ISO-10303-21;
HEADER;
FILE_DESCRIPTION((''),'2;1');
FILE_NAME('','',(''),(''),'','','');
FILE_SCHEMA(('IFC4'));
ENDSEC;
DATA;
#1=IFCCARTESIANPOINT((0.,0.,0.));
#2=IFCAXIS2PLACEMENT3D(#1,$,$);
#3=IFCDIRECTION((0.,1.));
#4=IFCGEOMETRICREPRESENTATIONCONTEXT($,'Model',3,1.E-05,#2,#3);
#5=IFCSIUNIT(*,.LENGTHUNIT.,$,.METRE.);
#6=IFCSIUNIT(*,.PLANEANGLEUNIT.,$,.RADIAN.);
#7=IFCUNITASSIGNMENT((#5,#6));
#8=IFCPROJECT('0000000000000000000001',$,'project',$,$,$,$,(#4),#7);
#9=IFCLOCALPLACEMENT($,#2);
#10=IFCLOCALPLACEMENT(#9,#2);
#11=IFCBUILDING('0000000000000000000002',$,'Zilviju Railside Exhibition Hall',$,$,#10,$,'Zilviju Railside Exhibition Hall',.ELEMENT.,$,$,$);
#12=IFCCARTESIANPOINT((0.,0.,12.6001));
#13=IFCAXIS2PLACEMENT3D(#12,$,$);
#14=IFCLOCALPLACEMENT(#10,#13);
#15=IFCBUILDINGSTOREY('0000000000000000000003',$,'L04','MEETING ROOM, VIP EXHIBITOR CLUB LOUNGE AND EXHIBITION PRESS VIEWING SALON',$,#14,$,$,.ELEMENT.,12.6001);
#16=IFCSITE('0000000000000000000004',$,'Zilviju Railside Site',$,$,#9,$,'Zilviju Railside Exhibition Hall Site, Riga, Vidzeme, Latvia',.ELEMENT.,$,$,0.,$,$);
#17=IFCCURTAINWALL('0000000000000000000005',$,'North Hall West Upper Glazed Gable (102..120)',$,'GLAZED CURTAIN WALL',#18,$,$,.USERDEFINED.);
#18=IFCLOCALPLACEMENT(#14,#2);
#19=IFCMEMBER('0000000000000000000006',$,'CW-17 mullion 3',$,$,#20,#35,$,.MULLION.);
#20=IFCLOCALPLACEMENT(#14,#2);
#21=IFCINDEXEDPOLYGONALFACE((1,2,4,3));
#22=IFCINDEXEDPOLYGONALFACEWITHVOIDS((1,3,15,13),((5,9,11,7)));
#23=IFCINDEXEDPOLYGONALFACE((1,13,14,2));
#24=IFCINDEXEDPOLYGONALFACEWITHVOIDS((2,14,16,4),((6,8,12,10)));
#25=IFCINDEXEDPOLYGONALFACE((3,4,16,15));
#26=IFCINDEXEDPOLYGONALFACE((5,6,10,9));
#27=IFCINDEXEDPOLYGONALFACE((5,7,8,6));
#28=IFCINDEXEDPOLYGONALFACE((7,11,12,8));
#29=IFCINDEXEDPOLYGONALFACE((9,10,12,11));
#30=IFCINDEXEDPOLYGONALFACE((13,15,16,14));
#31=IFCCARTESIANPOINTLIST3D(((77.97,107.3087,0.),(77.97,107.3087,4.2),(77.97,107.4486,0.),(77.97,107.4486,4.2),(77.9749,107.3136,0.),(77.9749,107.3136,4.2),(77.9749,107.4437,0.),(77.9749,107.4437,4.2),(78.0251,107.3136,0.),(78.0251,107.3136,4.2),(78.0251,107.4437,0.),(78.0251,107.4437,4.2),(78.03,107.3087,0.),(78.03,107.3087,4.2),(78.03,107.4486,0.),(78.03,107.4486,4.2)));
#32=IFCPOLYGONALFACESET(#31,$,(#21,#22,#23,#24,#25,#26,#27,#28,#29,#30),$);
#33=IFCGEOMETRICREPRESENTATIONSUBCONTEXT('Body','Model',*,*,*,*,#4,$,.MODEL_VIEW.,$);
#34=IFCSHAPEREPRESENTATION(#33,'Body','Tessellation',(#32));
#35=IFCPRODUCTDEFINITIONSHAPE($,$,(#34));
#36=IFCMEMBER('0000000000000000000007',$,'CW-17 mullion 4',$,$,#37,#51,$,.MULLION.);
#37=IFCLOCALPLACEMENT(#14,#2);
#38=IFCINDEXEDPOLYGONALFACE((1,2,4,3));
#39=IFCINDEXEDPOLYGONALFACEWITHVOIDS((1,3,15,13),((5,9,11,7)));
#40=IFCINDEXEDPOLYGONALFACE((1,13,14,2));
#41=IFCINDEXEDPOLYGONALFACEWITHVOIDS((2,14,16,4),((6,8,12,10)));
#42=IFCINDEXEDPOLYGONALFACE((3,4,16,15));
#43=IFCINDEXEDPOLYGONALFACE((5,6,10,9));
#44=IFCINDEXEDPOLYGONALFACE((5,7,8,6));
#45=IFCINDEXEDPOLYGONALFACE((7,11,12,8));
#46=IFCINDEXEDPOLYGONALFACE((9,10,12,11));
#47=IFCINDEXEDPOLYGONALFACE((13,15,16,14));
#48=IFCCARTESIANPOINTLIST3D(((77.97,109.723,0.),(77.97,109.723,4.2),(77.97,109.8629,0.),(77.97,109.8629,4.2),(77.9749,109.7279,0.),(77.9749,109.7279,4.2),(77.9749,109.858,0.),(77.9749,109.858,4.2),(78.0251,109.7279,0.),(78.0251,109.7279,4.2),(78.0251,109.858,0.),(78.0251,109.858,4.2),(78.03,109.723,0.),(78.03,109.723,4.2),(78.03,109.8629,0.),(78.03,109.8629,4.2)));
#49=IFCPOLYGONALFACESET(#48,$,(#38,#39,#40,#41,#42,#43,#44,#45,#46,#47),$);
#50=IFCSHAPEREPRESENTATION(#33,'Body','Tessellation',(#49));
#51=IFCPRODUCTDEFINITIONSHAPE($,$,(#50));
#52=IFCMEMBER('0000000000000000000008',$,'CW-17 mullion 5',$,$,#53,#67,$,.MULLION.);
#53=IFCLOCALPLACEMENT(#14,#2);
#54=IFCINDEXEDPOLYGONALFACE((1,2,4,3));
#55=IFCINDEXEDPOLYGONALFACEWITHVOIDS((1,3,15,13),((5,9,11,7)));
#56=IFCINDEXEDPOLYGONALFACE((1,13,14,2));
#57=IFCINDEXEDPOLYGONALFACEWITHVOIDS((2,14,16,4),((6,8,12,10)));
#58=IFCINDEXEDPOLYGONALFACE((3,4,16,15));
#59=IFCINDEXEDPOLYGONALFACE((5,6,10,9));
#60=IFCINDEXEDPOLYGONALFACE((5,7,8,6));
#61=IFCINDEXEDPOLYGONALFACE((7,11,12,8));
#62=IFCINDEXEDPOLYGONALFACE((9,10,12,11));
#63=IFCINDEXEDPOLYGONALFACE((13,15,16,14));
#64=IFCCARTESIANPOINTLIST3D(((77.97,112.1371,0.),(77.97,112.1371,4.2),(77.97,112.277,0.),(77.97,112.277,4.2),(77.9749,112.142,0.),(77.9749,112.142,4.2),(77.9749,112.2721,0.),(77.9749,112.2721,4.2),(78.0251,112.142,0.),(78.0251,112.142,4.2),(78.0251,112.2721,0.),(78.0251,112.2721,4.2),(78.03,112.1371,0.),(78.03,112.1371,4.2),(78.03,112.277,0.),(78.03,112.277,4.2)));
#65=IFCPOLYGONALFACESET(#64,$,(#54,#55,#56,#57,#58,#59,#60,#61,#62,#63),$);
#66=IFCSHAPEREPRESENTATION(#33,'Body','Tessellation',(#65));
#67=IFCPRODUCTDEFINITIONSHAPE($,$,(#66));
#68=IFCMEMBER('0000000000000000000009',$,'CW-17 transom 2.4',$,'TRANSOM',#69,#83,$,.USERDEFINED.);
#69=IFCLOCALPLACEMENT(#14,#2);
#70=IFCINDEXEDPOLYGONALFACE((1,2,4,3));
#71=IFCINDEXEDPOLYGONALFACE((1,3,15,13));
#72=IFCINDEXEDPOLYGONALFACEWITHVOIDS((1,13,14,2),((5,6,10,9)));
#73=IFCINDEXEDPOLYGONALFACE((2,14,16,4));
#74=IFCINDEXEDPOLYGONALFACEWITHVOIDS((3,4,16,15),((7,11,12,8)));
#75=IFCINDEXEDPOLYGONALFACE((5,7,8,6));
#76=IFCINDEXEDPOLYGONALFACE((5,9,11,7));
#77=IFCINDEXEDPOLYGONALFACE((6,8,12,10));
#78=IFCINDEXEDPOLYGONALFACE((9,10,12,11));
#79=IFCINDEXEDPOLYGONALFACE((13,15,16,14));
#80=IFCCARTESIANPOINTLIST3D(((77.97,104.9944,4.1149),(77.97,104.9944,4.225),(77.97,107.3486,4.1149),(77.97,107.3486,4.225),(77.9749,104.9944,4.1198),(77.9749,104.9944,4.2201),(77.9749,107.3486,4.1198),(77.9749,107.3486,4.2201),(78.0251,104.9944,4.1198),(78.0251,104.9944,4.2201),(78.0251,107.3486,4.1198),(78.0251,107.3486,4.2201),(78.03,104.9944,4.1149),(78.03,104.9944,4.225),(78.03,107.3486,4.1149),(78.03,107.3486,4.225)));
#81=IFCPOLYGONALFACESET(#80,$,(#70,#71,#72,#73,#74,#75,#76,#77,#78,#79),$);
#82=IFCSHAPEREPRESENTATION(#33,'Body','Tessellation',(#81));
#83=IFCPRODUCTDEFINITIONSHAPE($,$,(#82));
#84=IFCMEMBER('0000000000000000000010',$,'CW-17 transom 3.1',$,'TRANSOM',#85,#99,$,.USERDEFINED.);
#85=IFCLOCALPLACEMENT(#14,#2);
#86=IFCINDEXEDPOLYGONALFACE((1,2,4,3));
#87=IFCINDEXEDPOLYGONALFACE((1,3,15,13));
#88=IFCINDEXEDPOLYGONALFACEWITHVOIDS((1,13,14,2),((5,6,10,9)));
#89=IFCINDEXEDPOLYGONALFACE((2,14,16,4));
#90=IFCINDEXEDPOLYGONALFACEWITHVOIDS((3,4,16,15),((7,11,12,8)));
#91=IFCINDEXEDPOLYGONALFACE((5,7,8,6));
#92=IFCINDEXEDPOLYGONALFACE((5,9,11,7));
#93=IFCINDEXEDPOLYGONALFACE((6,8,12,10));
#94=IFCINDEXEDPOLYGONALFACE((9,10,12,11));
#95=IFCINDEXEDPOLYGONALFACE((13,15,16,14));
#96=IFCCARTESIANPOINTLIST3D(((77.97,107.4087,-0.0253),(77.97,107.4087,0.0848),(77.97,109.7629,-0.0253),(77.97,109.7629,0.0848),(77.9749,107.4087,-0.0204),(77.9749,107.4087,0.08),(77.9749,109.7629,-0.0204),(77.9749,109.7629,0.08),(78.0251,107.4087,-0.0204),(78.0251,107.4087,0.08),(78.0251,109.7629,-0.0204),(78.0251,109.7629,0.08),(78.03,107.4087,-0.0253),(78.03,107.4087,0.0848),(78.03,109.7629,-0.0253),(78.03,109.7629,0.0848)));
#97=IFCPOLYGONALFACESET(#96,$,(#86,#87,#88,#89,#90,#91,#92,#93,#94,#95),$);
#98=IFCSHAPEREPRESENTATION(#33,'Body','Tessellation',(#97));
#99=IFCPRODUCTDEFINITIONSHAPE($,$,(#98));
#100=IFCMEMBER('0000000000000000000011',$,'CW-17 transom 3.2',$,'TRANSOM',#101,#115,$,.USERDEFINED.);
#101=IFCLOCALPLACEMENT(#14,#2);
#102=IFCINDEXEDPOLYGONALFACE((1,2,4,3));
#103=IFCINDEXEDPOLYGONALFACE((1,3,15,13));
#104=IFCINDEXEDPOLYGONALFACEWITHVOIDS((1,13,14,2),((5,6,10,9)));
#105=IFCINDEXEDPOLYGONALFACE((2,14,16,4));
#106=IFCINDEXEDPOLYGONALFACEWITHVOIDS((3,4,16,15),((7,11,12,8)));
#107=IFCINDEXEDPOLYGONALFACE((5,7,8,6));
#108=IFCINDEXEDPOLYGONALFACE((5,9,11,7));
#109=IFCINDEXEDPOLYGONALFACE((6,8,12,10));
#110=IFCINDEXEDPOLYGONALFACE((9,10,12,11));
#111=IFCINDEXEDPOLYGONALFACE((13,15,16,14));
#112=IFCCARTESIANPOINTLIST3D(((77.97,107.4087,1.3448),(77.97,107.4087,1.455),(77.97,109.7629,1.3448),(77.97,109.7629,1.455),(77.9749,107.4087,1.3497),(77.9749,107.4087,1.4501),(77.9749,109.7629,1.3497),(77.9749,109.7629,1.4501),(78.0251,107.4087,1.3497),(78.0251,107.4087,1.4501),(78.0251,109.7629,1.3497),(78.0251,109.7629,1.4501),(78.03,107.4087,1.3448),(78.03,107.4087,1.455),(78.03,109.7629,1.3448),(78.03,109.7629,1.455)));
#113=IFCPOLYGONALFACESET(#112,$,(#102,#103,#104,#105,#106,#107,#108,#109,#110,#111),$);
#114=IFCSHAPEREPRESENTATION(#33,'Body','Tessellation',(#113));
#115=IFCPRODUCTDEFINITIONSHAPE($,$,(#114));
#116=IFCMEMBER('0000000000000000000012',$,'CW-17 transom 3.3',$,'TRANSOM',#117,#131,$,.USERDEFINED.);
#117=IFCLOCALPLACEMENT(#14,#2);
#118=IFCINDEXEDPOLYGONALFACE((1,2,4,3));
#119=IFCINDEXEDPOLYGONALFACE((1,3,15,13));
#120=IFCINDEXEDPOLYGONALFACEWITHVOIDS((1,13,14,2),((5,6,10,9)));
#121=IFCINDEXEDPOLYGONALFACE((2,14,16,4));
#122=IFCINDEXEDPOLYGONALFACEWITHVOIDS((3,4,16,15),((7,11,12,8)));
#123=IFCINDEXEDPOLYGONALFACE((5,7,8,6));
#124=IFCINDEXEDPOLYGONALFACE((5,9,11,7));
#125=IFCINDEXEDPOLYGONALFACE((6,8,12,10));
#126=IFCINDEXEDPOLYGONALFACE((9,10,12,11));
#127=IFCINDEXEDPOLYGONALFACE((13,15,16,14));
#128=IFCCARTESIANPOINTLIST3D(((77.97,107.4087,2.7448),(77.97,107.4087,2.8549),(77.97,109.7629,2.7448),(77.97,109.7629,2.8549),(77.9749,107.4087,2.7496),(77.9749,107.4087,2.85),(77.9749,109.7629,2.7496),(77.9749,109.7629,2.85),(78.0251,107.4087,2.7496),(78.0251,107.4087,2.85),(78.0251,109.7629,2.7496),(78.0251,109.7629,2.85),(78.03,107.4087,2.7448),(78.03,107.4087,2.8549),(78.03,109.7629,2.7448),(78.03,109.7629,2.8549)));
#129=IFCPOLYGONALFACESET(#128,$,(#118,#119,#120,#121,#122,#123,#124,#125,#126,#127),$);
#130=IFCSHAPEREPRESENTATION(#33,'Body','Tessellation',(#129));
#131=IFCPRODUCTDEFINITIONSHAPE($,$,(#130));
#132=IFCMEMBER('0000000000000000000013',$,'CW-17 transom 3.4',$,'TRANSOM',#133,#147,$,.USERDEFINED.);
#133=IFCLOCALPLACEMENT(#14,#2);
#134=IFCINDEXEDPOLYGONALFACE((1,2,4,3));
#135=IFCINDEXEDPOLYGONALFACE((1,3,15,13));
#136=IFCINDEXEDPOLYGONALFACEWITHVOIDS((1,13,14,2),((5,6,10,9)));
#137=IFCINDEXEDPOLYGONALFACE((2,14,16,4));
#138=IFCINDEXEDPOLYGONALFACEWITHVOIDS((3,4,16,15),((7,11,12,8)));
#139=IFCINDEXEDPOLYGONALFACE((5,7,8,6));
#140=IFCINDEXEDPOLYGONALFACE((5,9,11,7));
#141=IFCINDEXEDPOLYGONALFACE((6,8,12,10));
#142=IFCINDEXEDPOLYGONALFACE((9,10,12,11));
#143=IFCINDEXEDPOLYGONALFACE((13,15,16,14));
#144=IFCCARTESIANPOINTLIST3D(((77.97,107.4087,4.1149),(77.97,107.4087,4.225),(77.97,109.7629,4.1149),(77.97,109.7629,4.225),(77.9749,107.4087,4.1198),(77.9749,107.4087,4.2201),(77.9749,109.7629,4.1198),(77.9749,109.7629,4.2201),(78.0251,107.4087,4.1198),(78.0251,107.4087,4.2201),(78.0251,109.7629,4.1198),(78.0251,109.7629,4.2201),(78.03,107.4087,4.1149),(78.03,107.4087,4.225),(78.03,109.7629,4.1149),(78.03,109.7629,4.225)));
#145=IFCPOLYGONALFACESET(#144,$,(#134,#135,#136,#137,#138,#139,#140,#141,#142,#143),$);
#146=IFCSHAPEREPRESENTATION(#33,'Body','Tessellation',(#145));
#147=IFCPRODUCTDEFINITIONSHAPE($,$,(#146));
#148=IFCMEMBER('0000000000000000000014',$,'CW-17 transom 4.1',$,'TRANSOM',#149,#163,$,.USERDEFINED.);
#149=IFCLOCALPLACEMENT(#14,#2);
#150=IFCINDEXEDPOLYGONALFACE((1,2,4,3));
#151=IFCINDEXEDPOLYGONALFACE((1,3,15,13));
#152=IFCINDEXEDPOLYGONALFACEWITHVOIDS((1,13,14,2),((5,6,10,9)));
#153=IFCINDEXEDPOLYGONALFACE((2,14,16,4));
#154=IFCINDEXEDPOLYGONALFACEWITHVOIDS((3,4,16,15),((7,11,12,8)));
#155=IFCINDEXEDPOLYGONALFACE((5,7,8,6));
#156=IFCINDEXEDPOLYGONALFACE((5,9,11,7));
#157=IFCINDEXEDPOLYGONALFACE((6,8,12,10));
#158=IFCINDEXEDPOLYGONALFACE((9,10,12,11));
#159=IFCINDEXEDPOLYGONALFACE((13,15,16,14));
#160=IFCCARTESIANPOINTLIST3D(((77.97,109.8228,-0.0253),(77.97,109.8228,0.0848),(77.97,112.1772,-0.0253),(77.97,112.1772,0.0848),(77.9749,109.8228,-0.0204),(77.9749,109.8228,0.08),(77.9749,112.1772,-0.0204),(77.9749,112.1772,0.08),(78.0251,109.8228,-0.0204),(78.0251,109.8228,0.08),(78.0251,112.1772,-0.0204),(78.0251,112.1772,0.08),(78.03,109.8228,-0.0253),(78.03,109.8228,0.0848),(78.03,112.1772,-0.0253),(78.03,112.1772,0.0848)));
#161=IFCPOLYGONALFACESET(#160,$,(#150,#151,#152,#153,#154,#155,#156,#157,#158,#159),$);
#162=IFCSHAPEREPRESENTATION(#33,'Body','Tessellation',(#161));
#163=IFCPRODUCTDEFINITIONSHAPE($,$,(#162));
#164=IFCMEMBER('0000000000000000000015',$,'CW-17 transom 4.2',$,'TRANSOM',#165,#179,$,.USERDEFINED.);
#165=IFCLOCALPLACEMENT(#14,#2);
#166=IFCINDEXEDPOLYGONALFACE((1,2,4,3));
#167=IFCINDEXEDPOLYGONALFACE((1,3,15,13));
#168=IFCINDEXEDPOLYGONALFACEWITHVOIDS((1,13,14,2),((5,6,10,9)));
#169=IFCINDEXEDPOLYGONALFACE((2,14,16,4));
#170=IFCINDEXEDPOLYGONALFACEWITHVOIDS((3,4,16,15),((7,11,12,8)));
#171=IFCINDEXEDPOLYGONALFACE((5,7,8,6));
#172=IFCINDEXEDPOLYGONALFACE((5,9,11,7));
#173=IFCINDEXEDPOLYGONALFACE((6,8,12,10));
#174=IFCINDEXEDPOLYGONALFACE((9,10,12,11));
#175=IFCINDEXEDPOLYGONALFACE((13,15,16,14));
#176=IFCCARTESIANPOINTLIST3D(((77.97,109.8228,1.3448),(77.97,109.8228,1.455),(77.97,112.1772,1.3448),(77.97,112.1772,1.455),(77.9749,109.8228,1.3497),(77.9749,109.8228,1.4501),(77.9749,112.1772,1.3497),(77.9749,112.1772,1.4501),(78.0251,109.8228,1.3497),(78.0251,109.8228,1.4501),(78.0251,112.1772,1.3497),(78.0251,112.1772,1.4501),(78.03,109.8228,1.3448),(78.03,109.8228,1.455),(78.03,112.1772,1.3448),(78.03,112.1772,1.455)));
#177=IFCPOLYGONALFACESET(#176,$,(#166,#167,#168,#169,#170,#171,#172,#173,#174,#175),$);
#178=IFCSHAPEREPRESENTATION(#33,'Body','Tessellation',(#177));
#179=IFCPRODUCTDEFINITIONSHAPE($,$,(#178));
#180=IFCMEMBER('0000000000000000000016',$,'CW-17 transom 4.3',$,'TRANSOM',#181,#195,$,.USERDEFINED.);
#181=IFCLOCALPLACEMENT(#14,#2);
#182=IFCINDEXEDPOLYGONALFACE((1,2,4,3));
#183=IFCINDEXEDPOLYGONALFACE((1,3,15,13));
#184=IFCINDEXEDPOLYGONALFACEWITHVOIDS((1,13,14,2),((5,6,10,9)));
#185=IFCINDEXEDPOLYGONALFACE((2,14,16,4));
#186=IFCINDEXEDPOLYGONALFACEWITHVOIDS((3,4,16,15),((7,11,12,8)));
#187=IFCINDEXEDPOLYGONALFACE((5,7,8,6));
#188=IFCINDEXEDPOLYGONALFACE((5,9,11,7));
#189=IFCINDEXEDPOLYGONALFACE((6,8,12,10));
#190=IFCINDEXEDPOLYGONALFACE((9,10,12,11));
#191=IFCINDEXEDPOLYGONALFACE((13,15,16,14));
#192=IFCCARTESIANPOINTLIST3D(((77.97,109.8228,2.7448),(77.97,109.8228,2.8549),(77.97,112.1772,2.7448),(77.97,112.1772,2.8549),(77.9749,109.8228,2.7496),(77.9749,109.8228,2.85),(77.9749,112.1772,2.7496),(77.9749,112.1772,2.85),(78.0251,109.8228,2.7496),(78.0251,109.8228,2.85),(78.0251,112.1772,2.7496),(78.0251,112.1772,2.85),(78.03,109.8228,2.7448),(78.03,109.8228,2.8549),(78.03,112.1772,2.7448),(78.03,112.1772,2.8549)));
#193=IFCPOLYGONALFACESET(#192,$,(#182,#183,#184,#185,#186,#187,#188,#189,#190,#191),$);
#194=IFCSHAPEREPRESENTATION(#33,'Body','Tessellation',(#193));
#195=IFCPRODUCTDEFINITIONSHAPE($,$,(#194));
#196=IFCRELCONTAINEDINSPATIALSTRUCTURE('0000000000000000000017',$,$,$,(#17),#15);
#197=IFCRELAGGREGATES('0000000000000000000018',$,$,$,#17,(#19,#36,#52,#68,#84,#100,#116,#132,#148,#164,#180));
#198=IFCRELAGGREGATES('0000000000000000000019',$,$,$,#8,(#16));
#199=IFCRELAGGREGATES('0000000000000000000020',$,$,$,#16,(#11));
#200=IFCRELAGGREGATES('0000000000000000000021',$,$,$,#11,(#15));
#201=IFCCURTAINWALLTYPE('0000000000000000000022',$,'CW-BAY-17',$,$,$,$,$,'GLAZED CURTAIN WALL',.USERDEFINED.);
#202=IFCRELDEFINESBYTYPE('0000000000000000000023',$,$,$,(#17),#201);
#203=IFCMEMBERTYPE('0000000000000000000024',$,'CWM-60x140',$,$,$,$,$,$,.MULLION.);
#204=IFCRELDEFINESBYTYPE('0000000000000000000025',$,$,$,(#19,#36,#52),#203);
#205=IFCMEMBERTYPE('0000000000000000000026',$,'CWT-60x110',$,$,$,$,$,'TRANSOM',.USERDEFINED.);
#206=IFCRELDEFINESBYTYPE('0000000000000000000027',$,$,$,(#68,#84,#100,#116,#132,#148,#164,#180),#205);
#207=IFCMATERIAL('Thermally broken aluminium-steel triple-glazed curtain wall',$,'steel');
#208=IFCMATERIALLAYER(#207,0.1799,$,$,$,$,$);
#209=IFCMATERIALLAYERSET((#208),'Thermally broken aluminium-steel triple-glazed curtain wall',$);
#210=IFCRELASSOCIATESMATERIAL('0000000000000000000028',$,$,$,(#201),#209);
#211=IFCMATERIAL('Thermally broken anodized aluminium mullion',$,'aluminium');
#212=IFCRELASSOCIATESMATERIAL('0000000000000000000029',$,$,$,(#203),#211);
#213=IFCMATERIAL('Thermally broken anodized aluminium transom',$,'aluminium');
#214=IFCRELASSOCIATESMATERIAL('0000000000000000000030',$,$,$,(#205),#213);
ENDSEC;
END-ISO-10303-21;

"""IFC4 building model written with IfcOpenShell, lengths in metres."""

from ifc_helpers import new_model, si_unit, direction, frame, origin, origin_2d, place, context, subcontext, project, spatial, hollow_rectangle, extrude, material, layer, layer_set, material_profile, profile_set, type_object, element, aggregate, save


model = new_model("IFC4")

# Units and contexts
model_context = context("Model", 3, precision=1e-05, world=origin(), true_north=direction((0.0, 1.0)))
body_context = subcontext(model_context, "Body", "Model", "MODEL_VIEW")
ifc_project = project(units=[si_unit("LENGTHUNIT", "METRE"), si_unit("PLANEANGLEUNIT", "RADIAN")], contexts=[model_context])

# Site, building, storey
site_placement = place(None, origin())
site = spatial("IfcSite", under=ifc_project, at=site_placement, Name="Zilviju Railside Site", LongName="Zilviju Railside Exhibition Hall Site, Riga, Vidzeme, Latvia", CompositionType="ELEMENT", RefElevation=0.0)
building_placement = place(site_placement, origin())
building = spatial("IfcBuilding", under=site, at=building_placement, Name="Zilviju Railside Exhibition Hall", LongName="Zilviju Railside Exhibition Hall", CompositionType="ELEMENT")
storey_placement = place(building_placement, frame((0.0, 0.0, 12.6001)))
storey = spatial("IfcBuildingStorey", under=building, at=storey_placement, Name="L04", Description="MEETING ROOM, VIP EXHIBITOR CLUB LOUNGE AND EXHIBITION PRESS VIEWING SALON", CompositionType="ELEMENT", Elevation=12.6001)

# Curtain wall, members
ifc_material_1 = material(Name="Thermally broken aluminium-steel triple-glazed curtain wall", Category="steel")
ifc_layer_1 = layer(ifc_material_1, 0.1799)
ifc_layer_set_1 = layer_set([ifc_layer_1], Name="Thermally broken aluminium-steel triple-glazed curtain wall")
curtain_wall_type = type_object("IfcCurtainWallType", Name="CW-BAY-17", ElementType="GLAZED CURTAIN WALL", PredefinedType="USERDEFINED", material=ifc_layer_set_1)
curtain_wall_placement = place(storey_placement, origin())
curtain_wall = element("IfcCurtainWall", 1, at=curtain_wall_placement, inside=storey, type_object=curtain_wall_type, Name="North Hall West Upper Glazed Gable (102..120)", ObjectType="GLAZED CURTAIN WALL", PredefinedType="USERDEFINED")
ifc_material_2 = material(Name="Thermally broken anodized aluminium mullion", Category="aluminium")
ifc_material_profile_1 = material_profile(ifc_material_2, hollow_rectangle(XDim=0.0601, YDim=0.1399, WallThickness=0.0049, at=origin_2d()), Name="MULLION 140x60x5")
ifc_profile_set_1 = profile_set([ifc_material_profile_1], Name="Thermally broken anodized aluminium mullion")
member_type_1 = type_object("IfcMemberType", Name="CWM-60x140", PredefinedType="MULLION", material=ifc_profile_set_1)
member_1_placement = place(storey_placement, frame((78.0, 107.3787, 0.0), z_axis=(0.0, 0.0, 1.0), x_axis=(-1.0, 0.0, 0.0)))
member_1 = element("IfcMember", 2, at=member_1_placement, type_object=member_type_1, Name="CW-17 mullion 3", PredefinedType="MULLION", context=body_context, shape_type="SweptSolid", body=[
    extrude(hollow_rectangle(XDim=0.0601, YDim=0.1399, WallThickness=0.0049, at=origin_2d()), origin(), (0.0, 0.0, 1.0), 4.2),
])
member_2_placement = place(storey_placement, frame((78.0, 109.793, 0.0), z_axis=(0.0, 0.0, 1.0), x_axis=(-1.0, 0.0, 0.0)))
member_2 = element("IfcMember", 3, at=member_2_placement, type_object=member_type_1, Name="CW-17 mullion 4", PredefinedType="MULLION", context=body_context, shape_type="SweptSolid", body=[
    extrude(hollow_rectangle(XDim=0.0601, YDim=0.1399, WallThickness=0.0049, at=origin_2d()), origin(), (0.0, 0.0, 1.0), 4.2),
])
member_3_placement = place(storey_placement, frame((78.0, 112.207, 0.0), z_axis=(0.0, 0.0, 1.0), x_axis=(-1.0, 0.0, 0.0)))
member_3 = element("IfcMember", 4, at=member_3_placement, type_object=member_type_1, Name="CW-17 mullion 5", PredefinedType="MULLION", context=body_context, shape_type="SweptSolid", body=[
    extrude(hollow_rectangle(XDim=0.0601, YDim=0.1399, WallThickness=0.0049, at=origin_2d()), origin(), (0.0, 0.0, 1.0), 4.2),
])
ifc_material_3 = material(Name="Thermally broken anodized aluminium transom", Category="aluminium")
ifc_material_profile_2 = material_profile(ifc_material_3, hollow_rectangle(XDim=0.0601, YDim=0.1101, WallThickness=0.0049, at=origin_2d()), Name="TRANSOM 110x60x5")
ifc_profile_set_2 = profile_set([ifc_material_profile_2], Name="Thermally broken anodized aluminium transom")
member_type_2 = type_object("IfcMemberType", Name="CWT-60x110", ElementType="TRANSOM", PredefinedType="USERDEFINED", material=ifc_profile_set_2)
member_4_placement = place(storey_placement, frame((78.0, 104.9944, 4.1699), z_axis=(0.0, 1.0, 0.0), x_axis=(-1.0, 0.0, 0.0)))
member_4 = element("IfcMember", 5, at=member_4_placement, type_object=member_type_2, Name="CW-17 transom 2.4", ObjectType="TRANSOM", PredefinedType="USERDEFINED", context=body_context, shape_type="SweptSolid", body=[
    extrude(hollow_rectangle(XDim=0.0601, YDim=0.1101, WallThickness=0.0049, at=origin_2d()), origin(), (0.0, 0.0, 1.0), 2.3542),
])
member_5_placement = place(storey_placement, frame((78.0, 107.4087, 0.0298), z_axis=(0.0, 1.0, 0.0), x_axis=(-1.0, 0.0, 0.0)))
member_5 = element("IfcMember", 6, at=member_5_placement, type_object=member_type_2, Name="CW-17 transom 3.1", ObjectType="TRANSOM", PredefinedType="USERDEFINED", context=body_context, shape_type="SweptSolid", body=[
    extrude(hollow_rectangle(XDim=0.0601, YDim=0.1101, WallThickness=0.0049, at=origin_2d()), origin(), (0.0, 0.0, 1.0), 2.3542),
])
member_6_placement = place(storey_placement, frame((78.0, 107.4087, 1.3999), z_axis=(0.0, 1.0, 0.0), x_axis=(-1.0, 0.0, 0.0)))
member_6 = element("IfcMember", 7, at=member_6_placement, type_object=member_type_2, Name="CW-17 transom 3.2", ObjectType="TRANSOM", PredefinedType="USERDEFINED", context=body_context, shape_type="SweptSolid", body=[
    extrude(hollow_rectangle(XDim=0.0601, YDim=0.1101, WallThickness=0.0049, at=origin_2d()), origin(), (0.0, 0.0, 1.0), 2.3542),
])
member_7_placement = place(storey_placement, frame((78.0, 107.4087, 2.7998), z_axis=(0.0, 1.0, 0.0), x_axis=(-1.0, 0.0, 0.0)))
member_7 = element("IfcMember", 8, at=member_7_placement, type_object=member_type_2, Name="CW-17 transom 3.3", ObjectType="TRANSOM", PredefinedType="USERDEFINED", context=body_context, shape_type="SweptSolid", body=[
    extrude(hollow_rectangle(XDim=0.0601, YDim=0.1101, WallThickness=0.0049, at=origin_2d()), origin(), (0.0, 0.0, 1.0), 2.3542),
])
member_8_placement = place(storey_placement, frame((78.0, 107.4087, 4.1699), z_axis=(0.0, 1.0, 0.0), x_axis=(-1.0, 0.0, 0.0)))
member_8 = element("IfcMember", 9, at=member_8_placement, type_object=member_type_2, Name="CW-17 transom 3.4", ObjectType="TRANSOM", PredefinedType="USERDEFINED", context=body_context, shape_type="SweptSolid", body=[
    extrude(hollow_rectangle(XDim=0.0601, YDim=0.1101, WallThickness=0.0049, at=origin_2d()), origin(), (0.0, 0.0, 1.0), 2.3542),
])
member_9_placement = place(storey_placement, frame((78.0, 109.8228, 0.0298), z_axis=(0.0, 1.0, 0.0), x_axis=(-1.0, 0.0, 0.0)))
member_9 = element("IfcMember", 10, at=member_9_placement, type_object=member_type_2, Name="CW-17 transom 4.1", ObjectType="TRANSOM", PredefinedType="USERDEFINED", context=body_context, shape_type="SweptSolid", body=[
    extrude(hollow_rectangle(XDim=0.0601, YDim=0.1101, WallThickness=0.0049, at=origin_2d()), origin(), (0.0, 0.0, 1.0), 2.3545),
])
member_10_placement = place(storey_placement, frame((78.0, 109.8228, 1.3999), z_axis=(0.0, 1.0, 0.0), x_axis=(-1.0, 0.0, 0.0)))
member_10 = element("IfcMember", 11, at=member_10_placement, type_object=member_type_2, Name="CW-17 transom 4.2", ObjectType="TRANSOM", PredefinedType="USERDEFINED", context=body_context, shape_type="SweptSolid", body=[
    extrude(hollow_rectangle(XDim=0.0601, YDim=0.1101, WallThickness=0.0049, at=origin_2d()), origin(), (0.0, 0.0, 1.0), 2.3545),
])
member_11_placement = place(storey_placement, frame((78.0, 109.8228, 2.7998), z_axis=(0.0, 1.0, 0.0), x_axis=(-1.0, 0.0, 0.0)))
member_11 = element("IfcMember", 12, at=member_11_placement, type_object=member_type_2, Name="CW-17 transom 4.3", ObjectType="TRANSOM", PredefinedType="USERDEFINED", context=body_context, shape_type="SweptSolid", body=[
    extrude(hollow_rectangle(XDim=0.0601, YDim=0.1101, WallThickness=0.0049, at=origin_2d()), origin(), (0.0, 0.0, 1.0), 2.3545),
])
aggregate(curtain_wall, [member_1, member_2, member_3, member_4, member_5, member_6, member_7, member_8, member_9, member_10, member_11])

save(model, "model.ifc")
